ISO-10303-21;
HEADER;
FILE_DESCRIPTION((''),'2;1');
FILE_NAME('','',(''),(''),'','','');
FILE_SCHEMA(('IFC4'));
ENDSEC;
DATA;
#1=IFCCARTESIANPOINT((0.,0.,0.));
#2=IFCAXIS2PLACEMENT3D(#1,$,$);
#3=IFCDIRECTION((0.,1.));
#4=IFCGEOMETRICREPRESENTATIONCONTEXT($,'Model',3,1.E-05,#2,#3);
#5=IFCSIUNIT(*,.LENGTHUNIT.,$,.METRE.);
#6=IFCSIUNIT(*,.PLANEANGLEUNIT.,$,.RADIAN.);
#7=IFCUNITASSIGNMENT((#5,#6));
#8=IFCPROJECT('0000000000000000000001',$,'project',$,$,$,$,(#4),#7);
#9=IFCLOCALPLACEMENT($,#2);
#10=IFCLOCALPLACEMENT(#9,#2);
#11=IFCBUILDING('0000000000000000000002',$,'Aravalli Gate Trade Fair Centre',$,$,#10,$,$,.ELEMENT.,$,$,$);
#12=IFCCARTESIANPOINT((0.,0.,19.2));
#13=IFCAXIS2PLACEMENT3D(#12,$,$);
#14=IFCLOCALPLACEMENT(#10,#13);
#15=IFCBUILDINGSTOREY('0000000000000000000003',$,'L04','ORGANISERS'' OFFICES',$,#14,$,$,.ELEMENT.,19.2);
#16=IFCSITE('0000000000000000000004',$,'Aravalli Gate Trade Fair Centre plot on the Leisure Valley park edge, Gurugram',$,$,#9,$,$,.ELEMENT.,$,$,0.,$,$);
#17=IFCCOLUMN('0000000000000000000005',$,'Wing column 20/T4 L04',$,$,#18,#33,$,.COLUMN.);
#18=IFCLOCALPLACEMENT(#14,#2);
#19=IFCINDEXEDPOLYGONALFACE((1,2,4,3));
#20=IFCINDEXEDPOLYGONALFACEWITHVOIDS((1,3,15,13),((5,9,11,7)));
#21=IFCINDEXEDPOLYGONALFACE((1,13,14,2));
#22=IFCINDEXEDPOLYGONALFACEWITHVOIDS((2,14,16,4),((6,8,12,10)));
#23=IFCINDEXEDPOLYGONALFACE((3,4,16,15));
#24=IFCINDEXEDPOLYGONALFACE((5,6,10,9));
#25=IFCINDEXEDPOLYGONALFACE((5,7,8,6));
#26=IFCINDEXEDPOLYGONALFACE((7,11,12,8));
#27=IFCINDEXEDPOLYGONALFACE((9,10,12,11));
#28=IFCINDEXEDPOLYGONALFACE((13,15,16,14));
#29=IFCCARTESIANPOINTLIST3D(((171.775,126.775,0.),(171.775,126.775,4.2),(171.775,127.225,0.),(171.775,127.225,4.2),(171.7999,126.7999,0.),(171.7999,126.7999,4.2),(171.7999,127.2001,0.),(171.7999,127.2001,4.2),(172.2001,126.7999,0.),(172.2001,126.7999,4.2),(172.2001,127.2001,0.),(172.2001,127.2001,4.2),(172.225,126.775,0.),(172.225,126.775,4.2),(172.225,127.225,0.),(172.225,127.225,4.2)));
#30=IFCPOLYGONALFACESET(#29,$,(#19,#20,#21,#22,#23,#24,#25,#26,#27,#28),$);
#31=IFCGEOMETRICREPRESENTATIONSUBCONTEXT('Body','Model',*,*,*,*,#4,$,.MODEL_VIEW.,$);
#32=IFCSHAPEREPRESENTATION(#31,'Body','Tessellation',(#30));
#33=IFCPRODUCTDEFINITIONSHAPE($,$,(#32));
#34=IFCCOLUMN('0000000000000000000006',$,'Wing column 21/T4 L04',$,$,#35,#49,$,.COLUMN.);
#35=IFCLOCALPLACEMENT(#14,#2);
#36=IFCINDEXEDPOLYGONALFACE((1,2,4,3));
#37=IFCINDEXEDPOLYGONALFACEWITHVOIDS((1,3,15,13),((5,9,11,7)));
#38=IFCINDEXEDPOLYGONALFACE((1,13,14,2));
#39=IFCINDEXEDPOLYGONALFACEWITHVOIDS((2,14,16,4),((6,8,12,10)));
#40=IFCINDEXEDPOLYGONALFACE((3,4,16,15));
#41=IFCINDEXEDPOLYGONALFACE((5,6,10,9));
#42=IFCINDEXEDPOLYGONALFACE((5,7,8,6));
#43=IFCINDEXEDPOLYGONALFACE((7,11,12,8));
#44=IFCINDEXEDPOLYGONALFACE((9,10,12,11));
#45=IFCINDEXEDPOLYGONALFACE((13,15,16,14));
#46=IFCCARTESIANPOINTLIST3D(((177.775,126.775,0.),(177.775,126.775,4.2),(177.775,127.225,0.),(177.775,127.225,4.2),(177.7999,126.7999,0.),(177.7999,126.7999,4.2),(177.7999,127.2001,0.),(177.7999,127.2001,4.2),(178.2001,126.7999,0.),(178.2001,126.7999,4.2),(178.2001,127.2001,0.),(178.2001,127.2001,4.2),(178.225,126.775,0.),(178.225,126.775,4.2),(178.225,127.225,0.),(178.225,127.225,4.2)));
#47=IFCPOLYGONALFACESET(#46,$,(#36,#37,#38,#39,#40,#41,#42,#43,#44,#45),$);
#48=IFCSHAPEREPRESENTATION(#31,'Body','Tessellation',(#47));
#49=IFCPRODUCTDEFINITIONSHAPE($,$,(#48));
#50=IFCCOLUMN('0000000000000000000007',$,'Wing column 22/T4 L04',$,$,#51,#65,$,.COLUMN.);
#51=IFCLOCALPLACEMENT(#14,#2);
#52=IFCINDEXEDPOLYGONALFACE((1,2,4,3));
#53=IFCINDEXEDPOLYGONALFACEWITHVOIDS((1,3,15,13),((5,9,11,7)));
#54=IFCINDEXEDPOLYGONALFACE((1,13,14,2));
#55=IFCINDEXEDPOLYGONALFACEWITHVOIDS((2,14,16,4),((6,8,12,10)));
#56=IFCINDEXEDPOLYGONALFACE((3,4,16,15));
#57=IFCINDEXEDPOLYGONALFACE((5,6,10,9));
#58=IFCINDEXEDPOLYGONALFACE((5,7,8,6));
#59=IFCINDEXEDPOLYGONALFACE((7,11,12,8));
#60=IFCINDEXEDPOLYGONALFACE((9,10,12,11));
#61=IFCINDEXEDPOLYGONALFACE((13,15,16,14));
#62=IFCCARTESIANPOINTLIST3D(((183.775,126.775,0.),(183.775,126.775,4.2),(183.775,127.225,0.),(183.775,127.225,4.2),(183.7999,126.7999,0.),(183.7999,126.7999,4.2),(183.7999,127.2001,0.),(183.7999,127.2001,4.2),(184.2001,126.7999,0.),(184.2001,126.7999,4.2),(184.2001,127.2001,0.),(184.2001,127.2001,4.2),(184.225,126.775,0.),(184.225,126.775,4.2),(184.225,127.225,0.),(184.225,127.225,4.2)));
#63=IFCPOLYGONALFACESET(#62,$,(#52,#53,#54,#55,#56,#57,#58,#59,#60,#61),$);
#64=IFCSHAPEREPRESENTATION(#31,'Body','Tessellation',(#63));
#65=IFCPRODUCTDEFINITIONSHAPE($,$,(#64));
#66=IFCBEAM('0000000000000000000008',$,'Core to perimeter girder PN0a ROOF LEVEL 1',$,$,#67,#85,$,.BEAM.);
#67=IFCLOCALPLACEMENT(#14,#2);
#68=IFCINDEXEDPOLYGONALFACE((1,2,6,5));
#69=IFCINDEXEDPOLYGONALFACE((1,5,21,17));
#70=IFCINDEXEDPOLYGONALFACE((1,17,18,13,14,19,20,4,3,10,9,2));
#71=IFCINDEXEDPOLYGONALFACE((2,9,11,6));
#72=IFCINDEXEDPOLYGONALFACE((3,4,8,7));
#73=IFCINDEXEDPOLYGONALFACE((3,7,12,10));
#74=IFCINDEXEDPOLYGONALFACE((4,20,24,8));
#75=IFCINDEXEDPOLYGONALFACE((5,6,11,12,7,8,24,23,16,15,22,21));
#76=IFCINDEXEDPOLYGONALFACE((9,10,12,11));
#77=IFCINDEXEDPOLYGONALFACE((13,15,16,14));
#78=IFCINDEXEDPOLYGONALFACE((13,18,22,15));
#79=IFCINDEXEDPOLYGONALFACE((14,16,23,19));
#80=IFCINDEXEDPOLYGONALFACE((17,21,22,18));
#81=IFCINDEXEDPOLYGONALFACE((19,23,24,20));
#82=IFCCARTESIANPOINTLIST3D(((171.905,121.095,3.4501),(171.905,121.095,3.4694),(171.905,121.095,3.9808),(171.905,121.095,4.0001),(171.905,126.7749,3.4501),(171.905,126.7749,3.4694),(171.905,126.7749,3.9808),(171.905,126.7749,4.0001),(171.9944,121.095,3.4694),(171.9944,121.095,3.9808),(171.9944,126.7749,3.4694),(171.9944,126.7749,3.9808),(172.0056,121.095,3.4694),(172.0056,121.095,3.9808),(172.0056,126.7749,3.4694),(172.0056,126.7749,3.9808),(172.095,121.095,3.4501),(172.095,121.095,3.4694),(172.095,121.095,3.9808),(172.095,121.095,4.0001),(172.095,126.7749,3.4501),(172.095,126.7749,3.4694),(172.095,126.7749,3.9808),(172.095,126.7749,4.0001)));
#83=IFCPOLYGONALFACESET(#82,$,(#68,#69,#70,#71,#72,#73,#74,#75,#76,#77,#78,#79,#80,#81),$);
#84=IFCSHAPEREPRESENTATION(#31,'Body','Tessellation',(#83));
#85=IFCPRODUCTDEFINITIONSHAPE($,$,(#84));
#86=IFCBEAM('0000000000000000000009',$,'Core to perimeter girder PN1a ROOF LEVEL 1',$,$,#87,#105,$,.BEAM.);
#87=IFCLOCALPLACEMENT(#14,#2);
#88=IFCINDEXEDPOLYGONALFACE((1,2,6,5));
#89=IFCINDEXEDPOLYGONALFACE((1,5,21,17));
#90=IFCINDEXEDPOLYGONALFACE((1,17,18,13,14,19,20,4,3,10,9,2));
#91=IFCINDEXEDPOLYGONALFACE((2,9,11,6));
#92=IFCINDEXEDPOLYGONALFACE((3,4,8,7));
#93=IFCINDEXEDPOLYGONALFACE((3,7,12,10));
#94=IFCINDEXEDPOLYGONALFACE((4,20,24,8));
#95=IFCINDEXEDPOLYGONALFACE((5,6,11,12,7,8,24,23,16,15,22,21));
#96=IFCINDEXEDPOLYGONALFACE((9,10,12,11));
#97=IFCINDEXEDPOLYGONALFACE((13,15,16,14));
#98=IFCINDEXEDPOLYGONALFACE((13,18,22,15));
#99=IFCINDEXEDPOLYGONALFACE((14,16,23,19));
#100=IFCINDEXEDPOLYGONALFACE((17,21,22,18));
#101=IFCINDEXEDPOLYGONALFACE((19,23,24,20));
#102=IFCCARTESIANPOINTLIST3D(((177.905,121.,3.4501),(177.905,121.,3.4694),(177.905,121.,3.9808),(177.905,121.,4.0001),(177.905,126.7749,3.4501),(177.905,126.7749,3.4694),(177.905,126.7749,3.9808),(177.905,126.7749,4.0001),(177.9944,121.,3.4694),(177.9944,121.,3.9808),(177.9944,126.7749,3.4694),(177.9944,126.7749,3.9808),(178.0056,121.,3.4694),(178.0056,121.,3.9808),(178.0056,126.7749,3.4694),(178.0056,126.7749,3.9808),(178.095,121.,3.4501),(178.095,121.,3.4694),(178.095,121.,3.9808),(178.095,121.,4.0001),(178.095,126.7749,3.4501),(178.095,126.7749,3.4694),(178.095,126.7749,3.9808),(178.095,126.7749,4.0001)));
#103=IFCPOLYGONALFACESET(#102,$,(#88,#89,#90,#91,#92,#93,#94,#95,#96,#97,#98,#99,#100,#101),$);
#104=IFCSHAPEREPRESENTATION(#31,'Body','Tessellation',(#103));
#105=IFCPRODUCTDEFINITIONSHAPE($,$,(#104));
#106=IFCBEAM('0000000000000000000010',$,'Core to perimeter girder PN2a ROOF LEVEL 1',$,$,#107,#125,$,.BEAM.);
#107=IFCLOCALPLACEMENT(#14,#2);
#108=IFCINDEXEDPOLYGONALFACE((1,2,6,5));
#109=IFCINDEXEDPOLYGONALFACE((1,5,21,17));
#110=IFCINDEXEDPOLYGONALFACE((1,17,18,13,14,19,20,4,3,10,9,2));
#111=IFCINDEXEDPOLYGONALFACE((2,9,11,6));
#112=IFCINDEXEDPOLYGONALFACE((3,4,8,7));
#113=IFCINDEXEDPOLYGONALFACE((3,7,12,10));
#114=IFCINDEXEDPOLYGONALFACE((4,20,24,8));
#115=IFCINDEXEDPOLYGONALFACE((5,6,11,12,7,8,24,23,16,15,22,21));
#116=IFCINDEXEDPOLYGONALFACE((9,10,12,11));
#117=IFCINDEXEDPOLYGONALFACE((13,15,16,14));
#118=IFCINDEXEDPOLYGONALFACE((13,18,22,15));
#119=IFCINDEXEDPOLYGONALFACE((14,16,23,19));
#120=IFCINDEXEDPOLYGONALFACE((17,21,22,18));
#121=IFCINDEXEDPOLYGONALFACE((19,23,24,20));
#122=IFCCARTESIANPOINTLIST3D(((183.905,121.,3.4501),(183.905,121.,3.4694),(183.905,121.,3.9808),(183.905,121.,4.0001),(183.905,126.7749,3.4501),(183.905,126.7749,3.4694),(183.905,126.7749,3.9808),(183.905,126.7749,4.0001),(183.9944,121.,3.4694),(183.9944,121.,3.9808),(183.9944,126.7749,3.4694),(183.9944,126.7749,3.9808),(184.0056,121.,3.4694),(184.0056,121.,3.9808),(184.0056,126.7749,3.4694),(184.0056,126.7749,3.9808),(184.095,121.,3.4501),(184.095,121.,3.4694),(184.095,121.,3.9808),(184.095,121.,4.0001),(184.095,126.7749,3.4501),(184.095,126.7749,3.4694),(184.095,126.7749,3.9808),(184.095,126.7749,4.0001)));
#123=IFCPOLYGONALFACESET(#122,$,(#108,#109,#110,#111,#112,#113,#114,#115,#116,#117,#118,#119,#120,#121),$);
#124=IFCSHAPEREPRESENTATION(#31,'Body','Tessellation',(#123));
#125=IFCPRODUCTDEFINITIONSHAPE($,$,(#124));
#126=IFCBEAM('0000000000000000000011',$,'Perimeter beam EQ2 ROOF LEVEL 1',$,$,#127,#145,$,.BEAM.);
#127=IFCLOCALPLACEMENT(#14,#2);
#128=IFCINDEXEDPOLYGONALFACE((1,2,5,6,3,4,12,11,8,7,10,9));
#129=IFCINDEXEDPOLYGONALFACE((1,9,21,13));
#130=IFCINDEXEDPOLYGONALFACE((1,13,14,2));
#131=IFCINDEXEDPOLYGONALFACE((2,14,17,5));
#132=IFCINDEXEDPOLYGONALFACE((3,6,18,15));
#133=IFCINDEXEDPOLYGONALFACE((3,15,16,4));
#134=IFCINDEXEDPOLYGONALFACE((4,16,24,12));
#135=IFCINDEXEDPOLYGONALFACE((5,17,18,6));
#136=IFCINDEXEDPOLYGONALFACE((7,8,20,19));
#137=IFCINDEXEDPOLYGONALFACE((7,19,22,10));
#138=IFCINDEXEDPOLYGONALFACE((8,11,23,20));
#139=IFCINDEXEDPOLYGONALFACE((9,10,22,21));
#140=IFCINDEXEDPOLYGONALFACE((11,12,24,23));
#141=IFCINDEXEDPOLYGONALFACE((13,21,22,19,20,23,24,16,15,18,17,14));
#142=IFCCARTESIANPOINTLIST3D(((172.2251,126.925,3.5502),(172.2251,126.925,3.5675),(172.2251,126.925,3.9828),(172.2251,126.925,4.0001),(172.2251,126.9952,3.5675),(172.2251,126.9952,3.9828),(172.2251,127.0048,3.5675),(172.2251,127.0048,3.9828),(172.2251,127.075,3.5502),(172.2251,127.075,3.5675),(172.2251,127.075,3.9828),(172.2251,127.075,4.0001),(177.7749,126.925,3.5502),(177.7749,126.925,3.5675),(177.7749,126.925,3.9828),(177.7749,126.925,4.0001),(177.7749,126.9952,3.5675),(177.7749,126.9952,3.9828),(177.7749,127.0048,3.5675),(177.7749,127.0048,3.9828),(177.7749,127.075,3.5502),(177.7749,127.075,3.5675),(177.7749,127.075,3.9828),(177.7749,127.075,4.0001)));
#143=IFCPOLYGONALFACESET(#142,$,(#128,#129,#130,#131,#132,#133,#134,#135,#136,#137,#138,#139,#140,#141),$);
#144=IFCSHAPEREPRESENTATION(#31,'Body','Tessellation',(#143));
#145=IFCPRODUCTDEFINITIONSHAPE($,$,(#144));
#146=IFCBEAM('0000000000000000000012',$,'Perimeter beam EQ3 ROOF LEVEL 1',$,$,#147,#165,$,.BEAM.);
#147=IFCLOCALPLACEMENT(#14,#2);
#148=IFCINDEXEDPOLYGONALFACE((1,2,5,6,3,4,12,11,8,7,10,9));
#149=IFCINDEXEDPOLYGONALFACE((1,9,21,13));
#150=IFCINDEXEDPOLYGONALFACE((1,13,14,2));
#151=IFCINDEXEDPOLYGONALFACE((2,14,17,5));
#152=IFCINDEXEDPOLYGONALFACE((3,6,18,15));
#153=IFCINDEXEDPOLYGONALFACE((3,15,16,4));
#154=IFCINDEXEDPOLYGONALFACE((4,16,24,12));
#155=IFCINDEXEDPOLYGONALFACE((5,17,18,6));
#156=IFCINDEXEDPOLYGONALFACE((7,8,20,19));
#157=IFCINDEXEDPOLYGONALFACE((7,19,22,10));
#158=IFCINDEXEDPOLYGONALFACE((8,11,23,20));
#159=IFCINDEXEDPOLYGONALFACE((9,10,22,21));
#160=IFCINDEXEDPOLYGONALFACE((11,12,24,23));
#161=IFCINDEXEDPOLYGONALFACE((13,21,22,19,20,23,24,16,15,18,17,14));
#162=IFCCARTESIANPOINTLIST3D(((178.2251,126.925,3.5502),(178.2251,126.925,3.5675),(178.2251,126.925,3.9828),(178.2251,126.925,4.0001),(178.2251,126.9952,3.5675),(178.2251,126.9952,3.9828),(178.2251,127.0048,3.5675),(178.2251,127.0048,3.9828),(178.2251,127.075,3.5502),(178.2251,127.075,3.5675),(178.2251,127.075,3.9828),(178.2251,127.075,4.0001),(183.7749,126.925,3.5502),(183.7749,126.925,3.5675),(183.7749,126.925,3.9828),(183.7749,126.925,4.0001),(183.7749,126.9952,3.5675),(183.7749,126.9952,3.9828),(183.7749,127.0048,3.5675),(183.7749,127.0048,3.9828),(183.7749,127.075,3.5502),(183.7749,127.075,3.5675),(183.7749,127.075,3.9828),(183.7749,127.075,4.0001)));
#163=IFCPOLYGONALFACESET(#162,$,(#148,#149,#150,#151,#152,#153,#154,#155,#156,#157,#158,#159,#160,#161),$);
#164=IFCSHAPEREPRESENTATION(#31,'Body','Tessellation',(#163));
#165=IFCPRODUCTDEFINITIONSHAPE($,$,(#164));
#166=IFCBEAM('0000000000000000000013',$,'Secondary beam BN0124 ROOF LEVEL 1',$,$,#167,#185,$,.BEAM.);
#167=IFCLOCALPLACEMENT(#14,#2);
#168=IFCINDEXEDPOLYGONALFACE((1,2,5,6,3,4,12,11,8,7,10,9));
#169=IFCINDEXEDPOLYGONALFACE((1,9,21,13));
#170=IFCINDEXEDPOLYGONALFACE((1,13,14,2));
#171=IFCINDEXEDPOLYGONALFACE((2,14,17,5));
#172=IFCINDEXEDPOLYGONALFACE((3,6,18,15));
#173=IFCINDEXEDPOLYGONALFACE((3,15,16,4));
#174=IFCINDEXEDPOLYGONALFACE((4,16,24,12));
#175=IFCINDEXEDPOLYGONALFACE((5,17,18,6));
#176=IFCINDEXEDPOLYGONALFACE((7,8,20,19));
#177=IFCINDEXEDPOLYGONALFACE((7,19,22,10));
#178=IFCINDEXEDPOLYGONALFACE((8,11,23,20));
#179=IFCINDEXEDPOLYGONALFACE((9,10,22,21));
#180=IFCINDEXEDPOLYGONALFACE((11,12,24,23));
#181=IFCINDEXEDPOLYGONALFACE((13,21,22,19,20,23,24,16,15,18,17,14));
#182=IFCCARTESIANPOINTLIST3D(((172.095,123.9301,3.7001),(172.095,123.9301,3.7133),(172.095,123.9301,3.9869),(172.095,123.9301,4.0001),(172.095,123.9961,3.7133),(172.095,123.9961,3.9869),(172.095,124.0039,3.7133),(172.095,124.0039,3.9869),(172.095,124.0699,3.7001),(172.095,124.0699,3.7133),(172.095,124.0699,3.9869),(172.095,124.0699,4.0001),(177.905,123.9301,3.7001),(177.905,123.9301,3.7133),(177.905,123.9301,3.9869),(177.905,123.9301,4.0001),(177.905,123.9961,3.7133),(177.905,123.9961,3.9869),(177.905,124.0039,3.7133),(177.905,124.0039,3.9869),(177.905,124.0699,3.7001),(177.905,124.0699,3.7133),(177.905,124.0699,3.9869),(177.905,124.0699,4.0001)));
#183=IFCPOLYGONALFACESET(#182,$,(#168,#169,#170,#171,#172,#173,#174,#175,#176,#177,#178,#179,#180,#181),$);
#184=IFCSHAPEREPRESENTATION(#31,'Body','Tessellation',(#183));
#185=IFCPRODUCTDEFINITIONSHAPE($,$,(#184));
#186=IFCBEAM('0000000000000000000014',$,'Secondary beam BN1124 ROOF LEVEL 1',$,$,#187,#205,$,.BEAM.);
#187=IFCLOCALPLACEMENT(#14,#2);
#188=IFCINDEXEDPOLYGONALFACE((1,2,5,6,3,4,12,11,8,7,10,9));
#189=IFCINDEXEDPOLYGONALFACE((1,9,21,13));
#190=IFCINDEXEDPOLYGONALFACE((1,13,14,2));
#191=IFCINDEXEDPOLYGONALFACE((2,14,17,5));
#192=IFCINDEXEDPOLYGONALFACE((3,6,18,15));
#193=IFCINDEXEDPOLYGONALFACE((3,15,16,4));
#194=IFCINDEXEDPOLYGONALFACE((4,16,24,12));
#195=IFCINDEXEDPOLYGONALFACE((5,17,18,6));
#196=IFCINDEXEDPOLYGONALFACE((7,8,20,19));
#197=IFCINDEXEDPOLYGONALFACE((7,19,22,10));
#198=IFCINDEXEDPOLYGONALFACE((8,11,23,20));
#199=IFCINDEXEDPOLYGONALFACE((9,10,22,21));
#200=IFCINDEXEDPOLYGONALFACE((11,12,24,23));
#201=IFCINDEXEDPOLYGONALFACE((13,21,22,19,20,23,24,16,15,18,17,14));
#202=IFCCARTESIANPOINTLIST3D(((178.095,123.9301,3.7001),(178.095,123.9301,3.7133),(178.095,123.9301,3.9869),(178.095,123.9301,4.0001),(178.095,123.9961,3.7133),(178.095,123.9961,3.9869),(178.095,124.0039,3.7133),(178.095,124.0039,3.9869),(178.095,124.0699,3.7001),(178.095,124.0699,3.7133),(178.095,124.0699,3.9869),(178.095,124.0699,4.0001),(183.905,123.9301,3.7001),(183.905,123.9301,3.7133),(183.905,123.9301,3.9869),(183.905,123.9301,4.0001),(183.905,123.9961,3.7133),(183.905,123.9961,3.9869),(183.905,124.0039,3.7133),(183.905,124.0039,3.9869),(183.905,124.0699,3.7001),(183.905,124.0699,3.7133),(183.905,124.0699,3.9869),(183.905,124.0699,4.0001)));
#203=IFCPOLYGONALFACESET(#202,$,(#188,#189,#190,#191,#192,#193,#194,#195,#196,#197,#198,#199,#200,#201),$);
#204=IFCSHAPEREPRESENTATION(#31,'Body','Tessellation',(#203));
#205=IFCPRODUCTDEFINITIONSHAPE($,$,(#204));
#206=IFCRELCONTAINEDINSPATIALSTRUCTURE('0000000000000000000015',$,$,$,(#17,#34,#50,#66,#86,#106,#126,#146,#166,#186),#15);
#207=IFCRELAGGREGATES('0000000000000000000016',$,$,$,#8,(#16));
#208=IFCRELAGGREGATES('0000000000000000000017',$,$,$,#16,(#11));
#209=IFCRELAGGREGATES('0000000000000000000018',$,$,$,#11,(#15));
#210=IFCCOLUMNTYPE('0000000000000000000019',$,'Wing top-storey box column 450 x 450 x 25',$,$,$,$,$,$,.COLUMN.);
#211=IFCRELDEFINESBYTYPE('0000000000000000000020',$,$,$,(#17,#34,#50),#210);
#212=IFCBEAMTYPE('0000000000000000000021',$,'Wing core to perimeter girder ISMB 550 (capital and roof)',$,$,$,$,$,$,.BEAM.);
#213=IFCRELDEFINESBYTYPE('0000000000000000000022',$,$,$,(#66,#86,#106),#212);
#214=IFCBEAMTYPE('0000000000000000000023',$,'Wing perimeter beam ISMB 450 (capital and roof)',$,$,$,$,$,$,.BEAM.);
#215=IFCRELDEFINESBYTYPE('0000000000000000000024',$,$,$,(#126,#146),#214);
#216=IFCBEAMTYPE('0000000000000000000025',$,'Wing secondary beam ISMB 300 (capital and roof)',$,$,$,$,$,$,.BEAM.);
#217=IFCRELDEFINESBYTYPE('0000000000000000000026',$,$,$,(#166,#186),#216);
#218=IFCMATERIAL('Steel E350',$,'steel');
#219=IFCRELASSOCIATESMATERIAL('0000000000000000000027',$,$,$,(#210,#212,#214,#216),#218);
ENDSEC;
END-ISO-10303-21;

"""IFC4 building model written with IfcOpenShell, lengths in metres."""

from ifc_helpers import new_model, si_unit, direction, frame, origin, origin_2d, place, context, subcontext, project, spatial, hollow_rectangle, i_section, extrude, material, material_profile, profile_set, type_object, element, save


model = new_model("IFC4")

# Units and contexts
model_context = context("Model", 3, precision=1e-05, world=origin(), true_north=direction((0.0, 1.0)))
body_context = subcontext(model_context, "Body", "Model", "MODEL_VIEW")
ifc_project = project(units=[si_unit("LENGTHUNIT", "METRE"), si_unit("PLANEANGLEUNIT", "RADIAN")], contexts=[model_context])

# Site, building, storey
site_placement = place(None, origin())
site = spatial("IfcSite", under=ifc_project, at=site_placement, Name="Aravalli Gate Trade Fair Centre plot on the Leisure Valley park edge, Gurugram", CompositionType="ELEMENT", RefElevation=0.0)
building_placement = place(site_placement, origin())
building = spatial("IfcBuilding", under=site, at=building_placement, Name="Aravalli Gate Trade Fair Centre", CompositionType="ELEMENT")
storey_placement = place(building_placement, frame((0.0, 0.0, 19.2)))
storey = spatial("IfcBuildingStorey", under=building, at=storey_placement, Name="L04", Description="ORGANISERS' OFFICES", CompositionType="ELEMENT", Elevation=19.2)

# Columns
ifc_material_1 = material(Name="Steel E350", Category="steel")
ifc_material_profile_1 = material_profile(ifc_material_1, hollow_rectangle(XDim=0.45, YDim=0.45, WallThickness=0.0249, at=origin_2d()), Name="BOX 450x450x25")
ifc_profile_set_1 = profile_set([ifc_material_profile_1], Name="Steel E350")
column_type = type_object("IfcColumnType", Name="Wing top-storey box column 450 x 450 x 25", PredefinedType="COLUMN", material=ifc_profile_set_1)
for number, where, z_axis, x_axis, name in (
    (1, (172.0, 127.0, 0.0), (0.0, 0.0, 1.0), (1.0, 0.0, 0.0), "Wing column 20/T4 L04"),
    (2, (178.0, 127.0, 0.0), (0.0, 0.0, 1.0), (1.0, 0.0, 0.0), "Wing column 21/T4 L04"),
    (3, (184.0, 127.0, 0.0), (0.0, 0.0, 1.0), (1.0, 0.0, 0.0), "Wing column 22/T4 L04"),
):
    element("IfcColumn", number, at=place(storey_placement, frame(where, z_axis=z_axis, x_axis=x_axis)), inside=storey, type_object=column_type, Name=name, PredefinedType="COLUMN", context=body_context, shape_type="SweptSolid", body=[
        extrude(hollow_rectangle(XDim=0.45, YDim=0.45, WallThickness=0.0249, at=origin_2d()), origin(), (0.0, 0.0, 1.0), 4.2),
    ])

# Beams
ifc_material_profile_2 = material_profile(ifc_material_1, i_section(OverallWidth=0.1899, OverallDepth=0.55, WebThickness=0.0112, FlangeThickness=0.0193, at=origin_2d()), Name="ISMB 550")
ifc_profile_set_2 = profile_set([ifc_material_profile_2], Name="Steel E350")
beam_type_1 = type_object("IfcBeamType", Name="Wing core to perimeter girder ISMB 550 (capital and roof)", PredefinedType="BEAM", material=ifc_profile_set_2)
beam_placement = place(storey_placement, frame((172.0, 121.095, 3.7251), z_axis=(0.0, 1.0, 0.0), x_axis=(-1.0, 0.0, 0.0)))
element("IfcBeam", 4, at=beam_placement, inside=storey, type_object=beam_type_1, Name="Core to perimeter girder PN0a ROOF LEVEL 1", PredefinedType="BEAM", context=body_context, shape_type="SweptSolid", body=[
    extrude(i_section(OverallWidth=0.1899, OverallDepth=0.55, WebThickness=0.0112, FlangeThickness=0.0193, at=origin_2d()), origin(), (0.0, 0.0, 1.0), 5.6799),
])
for number, where, z_axis, x_axis, name in (
    (5, (178.0, 121.0, 3.7251), (0.0, 1.0, 0.0), (-1.0, 0.0, 0.0), "Core to perimeter girder PN1a ROOF LEVEL 1"),
    (6, (184.0, 121.0, 3.7251), (0.0, 1.0, 0.0), (-1.0, 0.0, 0.0), "Core to perimeter girder PN2a ROOF LEVEL 1"),
):
    element("IfcBeam", number, at=place(storey_placement, frame(where, z_axis=z_axis, x_axis=x_axis)), inside=storey, type_object=beam_type_1, Name=name, PredefinedType="BEAM", context=body_context, shape_type="SweptSolid", body=[
        extrude(i_section(OverallWidth=0.1899, OverallDepth=0.55, WebThickness=0.0112, FlangeThickness=0.0193, at=origin_2d()), origin(), (0.0, 0.0, 1.0), 5.7749),
    ])
ifc_material_profile_3 = material_profile(ifc_material_1, i_section(OverallWidth=0.1499, OverallDepth=0.45, WebThickness=0.0095, FlangeThickness=0.0173, at=origin_2d()), Name="ISMB 450")
ifc_profile_set_3 = profile_set([ifc_material_profile_3], Name="Steel E350")
beam_type_2 = type_object("IfcBeamType", Name="Wing perimeter beam ISMB 450 (capital and roof)", PredefinedType="BEAM", material=ifc_profile_set_3)
for number, where, z_axis, x_axis, name in (
    (7, (172.2251, 127.0, 3.7751), (1.0, 0.0, 0.0), (0.0, 1.0, 0.0), "Perimeter beam EQ2 ROOF LEVEL 1"),
    (8, (178.2251, 127.0, 3.7751), (1.0, 0.0, 0.0), (0.0, 1.0, 0.0), "Perimeter beam EQ3 ROOF LEVEL 1"),
):
    element("IfcBeam", number, at=place(storey_placement, frame(where, z_axis=z_axis, x_axis=x_axis)), inside=storey, type_object=beam_type_2, Name=name, PredefinedType="BEAM", context=body_context, shape_type="SweptSolid", body=[
        extrude(i_section(OverallWidth=0.1499, OverallDepth=0.45, WebThickness=0.0095, FlangeThickness=0.0173, at=origin_2d()), origin(), (0.0, 0.0, 1.0), 5.5498),
    ])
ifc_material_profile_4 = material_profile(ifc_material_1, i_section(OverallWidth=0.1399, OverallDepth=0.3, WebThickness=0.0078, FlangeThickness=0.0132, at=origin_2d()), Name="ISMB 300")
ifc_profile_set_4 = profile_set([ifc_material_profile_4], Name="Steel E350")
beam_type_3 = type_object("IfcBeamType", Name="Wing secondary beam ISMB 300 (capital and roof)", PredefinedType="BEAM", material=ifc_profile_set_4)
for number, where, z_axis, x_axis, name in (
    (9, (172.095, 124.0, 3.8501), (1.0, 0.0, 0.0), (0.0, 1.0, 0.0), "Secondary beam BN0124 ROOF LEVEL 1"),
    (10, (178.095, 124.0, 3.8501), (1.0, 0.0, 0.0), (0.0, 1.0, 0.0), "Secondary beam BN1124 ROOF LEVEL 1"),
):
    element("IfcBeam", number, at=place(storey_placement, frame(where, z_axis=z_axis, x_axis=x_axis)), inside=storey, type_object=beam_type_3, Name=name, PredefinedType="BEAM", context=body_context, shape_type="SweptSolid", body=[
        extrude(i_section(OverallWidth=0.1399, OverallDepth=0.3, WebThickness=0.0078, FlangeThickness=0.0132, at=origin_2d()), origin(), (0.0, 0.0, 1.0), 5.8101),
    ])

save(model, "model.ifc")
